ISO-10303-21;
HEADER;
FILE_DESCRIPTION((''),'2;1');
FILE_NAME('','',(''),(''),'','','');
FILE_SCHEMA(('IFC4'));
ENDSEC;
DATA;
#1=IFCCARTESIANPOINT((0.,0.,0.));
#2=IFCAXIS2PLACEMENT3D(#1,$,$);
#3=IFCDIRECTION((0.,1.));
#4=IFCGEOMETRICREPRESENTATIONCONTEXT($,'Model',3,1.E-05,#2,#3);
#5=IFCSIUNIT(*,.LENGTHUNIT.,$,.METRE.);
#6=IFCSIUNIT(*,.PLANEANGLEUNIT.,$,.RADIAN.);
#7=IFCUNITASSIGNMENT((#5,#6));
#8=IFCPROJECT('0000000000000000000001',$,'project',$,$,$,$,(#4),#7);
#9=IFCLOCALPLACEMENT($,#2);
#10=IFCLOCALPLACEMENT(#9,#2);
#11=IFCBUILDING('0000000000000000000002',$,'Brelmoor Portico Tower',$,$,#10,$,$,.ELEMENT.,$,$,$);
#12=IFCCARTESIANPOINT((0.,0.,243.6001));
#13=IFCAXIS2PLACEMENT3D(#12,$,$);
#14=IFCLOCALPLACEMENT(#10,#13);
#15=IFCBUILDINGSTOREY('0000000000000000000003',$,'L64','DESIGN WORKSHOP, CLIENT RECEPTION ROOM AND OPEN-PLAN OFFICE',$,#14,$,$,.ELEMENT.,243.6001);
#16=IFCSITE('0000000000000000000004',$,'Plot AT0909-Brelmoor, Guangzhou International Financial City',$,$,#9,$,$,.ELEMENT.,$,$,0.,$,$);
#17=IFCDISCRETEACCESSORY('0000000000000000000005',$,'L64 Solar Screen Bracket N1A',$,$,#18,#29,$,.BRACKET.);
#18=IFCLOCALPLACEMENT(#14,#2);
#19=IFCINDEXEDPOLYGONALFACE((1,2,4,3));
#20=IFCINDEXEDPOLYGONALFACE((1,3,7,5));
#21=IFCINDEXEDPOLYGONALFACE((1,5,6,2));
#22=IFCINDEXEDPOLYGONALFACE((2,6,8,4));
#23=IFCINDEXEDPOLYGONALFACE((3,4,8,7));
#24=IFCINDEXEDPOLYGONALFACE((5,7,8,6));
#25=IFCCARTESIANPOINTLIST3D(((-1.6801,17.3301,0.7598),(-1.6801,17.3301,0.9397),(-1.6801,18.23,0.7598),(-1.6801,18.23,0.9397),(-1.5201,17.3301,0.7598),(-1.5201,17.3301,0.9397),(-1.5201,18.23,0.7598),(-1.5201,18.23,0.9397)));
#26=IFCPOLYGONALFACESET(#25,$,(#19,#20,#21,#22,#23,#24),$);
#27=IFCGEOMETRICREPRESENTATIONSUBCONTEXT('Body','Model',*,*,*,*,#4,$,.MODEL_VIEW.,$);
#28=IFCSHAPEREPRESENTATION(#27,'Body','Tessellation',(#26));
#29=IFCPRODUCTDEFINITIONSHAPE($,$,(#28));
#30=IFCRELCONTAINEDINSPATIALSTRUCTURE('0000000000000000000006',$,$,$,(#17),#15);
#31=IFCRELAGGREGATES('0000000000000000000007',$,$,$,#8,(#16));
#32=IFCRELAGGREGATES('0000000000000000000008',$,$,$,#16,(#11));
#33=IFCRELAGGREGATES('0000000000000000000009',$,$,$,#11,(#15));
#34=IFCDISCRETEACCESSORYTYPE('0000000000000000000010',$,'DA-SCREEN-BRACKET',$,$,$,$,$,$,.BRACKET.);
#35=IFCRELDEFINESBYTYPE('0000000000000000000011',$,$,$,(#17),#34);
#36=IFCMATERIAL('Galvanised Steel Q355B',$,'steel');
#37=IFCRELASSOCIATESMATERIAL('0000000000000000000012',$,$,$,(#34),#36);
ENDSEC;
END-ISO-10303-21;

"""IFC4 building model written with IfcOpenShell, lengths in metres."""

from ifc_helpers import new_model, si_unit, direction, frame, origin, origin_2d, place, context, subcontext, project, spatial, rectangle, extrude, material, type_object, element, save


model = new_model("IFC4")

# Units and contexts
model_context = context("Model", 3, precision=1e-05, world=origin(), true_north=direction((0.0, 1.0)))
body_context = subcontext(model_context, "Body", "Model", "MODEL_VIEW")
ifc_project = project(units=[si_unit("LENGTHUNIT", "METRE"), si_unit("PLANEANGLEUNIT", "RADIAN")], contexts=[model_context])

# Site, building, storey
site_placement = place(None, origin())
site = spatial("IfcSite", under=ifc_project, at=site_placement, Name="Plot AT0909-Brelmoor, Guangzhou International Financial City", CompositionType="ELEMENT", RefElevation=0.0)
building_placement = place(site_placement, origin())
building = spatial("IfcBuilding", under=site, at=building_placement, Name="Brelmoor Portico Tower", CompositionType="ELEMENT")
storey_placement = place(building_placement, frame((0.0, 0.0, 243.6001)))
storey = spatial("IfcBuildingStorey", under=building, at=storey_placement, Name="L64", Description="DESIGN WORKSHOP, CLIENT RECEPTION ROOM AND OPEN-PLAN OFFICE", CompositionType="ELEMENT", Elevation=243.6001)

# Discrete accessory
ifc_material_1 = material(Name="Galvanised Steel Q355B", Category="steel")
discrete_accessory_type = type_object("IfcDiscreteAccessoryType", Name="DA-SCREEN-BRACKET", PredefinedType="BRACKET", material=ifc_material_1)
discrete_accessory_placement = place(storey_placement, frame((-1.6001, 17.78, 0.7598), z_axis=(0.0, 0.0, 1.0), x_axis=(1.0, 0.0, 0.0)))
element("IfcDiscreteAccessory", 1, at=discrete_accessory_placement, inside=storey, type_object=discrete_accessory_type, Name="L64 Solar Screen Bracket N1A", PredefinedType="BRACKET", context=body_context, shape_type="SweptSolid", body=[
    extrude(rectangle(XDim=0.1599, YDim=0.8999, at=origin_2d()), origin(), (0.0, 0.0, 1.0), 0.1799),
])

save(model, "model.ifc")
